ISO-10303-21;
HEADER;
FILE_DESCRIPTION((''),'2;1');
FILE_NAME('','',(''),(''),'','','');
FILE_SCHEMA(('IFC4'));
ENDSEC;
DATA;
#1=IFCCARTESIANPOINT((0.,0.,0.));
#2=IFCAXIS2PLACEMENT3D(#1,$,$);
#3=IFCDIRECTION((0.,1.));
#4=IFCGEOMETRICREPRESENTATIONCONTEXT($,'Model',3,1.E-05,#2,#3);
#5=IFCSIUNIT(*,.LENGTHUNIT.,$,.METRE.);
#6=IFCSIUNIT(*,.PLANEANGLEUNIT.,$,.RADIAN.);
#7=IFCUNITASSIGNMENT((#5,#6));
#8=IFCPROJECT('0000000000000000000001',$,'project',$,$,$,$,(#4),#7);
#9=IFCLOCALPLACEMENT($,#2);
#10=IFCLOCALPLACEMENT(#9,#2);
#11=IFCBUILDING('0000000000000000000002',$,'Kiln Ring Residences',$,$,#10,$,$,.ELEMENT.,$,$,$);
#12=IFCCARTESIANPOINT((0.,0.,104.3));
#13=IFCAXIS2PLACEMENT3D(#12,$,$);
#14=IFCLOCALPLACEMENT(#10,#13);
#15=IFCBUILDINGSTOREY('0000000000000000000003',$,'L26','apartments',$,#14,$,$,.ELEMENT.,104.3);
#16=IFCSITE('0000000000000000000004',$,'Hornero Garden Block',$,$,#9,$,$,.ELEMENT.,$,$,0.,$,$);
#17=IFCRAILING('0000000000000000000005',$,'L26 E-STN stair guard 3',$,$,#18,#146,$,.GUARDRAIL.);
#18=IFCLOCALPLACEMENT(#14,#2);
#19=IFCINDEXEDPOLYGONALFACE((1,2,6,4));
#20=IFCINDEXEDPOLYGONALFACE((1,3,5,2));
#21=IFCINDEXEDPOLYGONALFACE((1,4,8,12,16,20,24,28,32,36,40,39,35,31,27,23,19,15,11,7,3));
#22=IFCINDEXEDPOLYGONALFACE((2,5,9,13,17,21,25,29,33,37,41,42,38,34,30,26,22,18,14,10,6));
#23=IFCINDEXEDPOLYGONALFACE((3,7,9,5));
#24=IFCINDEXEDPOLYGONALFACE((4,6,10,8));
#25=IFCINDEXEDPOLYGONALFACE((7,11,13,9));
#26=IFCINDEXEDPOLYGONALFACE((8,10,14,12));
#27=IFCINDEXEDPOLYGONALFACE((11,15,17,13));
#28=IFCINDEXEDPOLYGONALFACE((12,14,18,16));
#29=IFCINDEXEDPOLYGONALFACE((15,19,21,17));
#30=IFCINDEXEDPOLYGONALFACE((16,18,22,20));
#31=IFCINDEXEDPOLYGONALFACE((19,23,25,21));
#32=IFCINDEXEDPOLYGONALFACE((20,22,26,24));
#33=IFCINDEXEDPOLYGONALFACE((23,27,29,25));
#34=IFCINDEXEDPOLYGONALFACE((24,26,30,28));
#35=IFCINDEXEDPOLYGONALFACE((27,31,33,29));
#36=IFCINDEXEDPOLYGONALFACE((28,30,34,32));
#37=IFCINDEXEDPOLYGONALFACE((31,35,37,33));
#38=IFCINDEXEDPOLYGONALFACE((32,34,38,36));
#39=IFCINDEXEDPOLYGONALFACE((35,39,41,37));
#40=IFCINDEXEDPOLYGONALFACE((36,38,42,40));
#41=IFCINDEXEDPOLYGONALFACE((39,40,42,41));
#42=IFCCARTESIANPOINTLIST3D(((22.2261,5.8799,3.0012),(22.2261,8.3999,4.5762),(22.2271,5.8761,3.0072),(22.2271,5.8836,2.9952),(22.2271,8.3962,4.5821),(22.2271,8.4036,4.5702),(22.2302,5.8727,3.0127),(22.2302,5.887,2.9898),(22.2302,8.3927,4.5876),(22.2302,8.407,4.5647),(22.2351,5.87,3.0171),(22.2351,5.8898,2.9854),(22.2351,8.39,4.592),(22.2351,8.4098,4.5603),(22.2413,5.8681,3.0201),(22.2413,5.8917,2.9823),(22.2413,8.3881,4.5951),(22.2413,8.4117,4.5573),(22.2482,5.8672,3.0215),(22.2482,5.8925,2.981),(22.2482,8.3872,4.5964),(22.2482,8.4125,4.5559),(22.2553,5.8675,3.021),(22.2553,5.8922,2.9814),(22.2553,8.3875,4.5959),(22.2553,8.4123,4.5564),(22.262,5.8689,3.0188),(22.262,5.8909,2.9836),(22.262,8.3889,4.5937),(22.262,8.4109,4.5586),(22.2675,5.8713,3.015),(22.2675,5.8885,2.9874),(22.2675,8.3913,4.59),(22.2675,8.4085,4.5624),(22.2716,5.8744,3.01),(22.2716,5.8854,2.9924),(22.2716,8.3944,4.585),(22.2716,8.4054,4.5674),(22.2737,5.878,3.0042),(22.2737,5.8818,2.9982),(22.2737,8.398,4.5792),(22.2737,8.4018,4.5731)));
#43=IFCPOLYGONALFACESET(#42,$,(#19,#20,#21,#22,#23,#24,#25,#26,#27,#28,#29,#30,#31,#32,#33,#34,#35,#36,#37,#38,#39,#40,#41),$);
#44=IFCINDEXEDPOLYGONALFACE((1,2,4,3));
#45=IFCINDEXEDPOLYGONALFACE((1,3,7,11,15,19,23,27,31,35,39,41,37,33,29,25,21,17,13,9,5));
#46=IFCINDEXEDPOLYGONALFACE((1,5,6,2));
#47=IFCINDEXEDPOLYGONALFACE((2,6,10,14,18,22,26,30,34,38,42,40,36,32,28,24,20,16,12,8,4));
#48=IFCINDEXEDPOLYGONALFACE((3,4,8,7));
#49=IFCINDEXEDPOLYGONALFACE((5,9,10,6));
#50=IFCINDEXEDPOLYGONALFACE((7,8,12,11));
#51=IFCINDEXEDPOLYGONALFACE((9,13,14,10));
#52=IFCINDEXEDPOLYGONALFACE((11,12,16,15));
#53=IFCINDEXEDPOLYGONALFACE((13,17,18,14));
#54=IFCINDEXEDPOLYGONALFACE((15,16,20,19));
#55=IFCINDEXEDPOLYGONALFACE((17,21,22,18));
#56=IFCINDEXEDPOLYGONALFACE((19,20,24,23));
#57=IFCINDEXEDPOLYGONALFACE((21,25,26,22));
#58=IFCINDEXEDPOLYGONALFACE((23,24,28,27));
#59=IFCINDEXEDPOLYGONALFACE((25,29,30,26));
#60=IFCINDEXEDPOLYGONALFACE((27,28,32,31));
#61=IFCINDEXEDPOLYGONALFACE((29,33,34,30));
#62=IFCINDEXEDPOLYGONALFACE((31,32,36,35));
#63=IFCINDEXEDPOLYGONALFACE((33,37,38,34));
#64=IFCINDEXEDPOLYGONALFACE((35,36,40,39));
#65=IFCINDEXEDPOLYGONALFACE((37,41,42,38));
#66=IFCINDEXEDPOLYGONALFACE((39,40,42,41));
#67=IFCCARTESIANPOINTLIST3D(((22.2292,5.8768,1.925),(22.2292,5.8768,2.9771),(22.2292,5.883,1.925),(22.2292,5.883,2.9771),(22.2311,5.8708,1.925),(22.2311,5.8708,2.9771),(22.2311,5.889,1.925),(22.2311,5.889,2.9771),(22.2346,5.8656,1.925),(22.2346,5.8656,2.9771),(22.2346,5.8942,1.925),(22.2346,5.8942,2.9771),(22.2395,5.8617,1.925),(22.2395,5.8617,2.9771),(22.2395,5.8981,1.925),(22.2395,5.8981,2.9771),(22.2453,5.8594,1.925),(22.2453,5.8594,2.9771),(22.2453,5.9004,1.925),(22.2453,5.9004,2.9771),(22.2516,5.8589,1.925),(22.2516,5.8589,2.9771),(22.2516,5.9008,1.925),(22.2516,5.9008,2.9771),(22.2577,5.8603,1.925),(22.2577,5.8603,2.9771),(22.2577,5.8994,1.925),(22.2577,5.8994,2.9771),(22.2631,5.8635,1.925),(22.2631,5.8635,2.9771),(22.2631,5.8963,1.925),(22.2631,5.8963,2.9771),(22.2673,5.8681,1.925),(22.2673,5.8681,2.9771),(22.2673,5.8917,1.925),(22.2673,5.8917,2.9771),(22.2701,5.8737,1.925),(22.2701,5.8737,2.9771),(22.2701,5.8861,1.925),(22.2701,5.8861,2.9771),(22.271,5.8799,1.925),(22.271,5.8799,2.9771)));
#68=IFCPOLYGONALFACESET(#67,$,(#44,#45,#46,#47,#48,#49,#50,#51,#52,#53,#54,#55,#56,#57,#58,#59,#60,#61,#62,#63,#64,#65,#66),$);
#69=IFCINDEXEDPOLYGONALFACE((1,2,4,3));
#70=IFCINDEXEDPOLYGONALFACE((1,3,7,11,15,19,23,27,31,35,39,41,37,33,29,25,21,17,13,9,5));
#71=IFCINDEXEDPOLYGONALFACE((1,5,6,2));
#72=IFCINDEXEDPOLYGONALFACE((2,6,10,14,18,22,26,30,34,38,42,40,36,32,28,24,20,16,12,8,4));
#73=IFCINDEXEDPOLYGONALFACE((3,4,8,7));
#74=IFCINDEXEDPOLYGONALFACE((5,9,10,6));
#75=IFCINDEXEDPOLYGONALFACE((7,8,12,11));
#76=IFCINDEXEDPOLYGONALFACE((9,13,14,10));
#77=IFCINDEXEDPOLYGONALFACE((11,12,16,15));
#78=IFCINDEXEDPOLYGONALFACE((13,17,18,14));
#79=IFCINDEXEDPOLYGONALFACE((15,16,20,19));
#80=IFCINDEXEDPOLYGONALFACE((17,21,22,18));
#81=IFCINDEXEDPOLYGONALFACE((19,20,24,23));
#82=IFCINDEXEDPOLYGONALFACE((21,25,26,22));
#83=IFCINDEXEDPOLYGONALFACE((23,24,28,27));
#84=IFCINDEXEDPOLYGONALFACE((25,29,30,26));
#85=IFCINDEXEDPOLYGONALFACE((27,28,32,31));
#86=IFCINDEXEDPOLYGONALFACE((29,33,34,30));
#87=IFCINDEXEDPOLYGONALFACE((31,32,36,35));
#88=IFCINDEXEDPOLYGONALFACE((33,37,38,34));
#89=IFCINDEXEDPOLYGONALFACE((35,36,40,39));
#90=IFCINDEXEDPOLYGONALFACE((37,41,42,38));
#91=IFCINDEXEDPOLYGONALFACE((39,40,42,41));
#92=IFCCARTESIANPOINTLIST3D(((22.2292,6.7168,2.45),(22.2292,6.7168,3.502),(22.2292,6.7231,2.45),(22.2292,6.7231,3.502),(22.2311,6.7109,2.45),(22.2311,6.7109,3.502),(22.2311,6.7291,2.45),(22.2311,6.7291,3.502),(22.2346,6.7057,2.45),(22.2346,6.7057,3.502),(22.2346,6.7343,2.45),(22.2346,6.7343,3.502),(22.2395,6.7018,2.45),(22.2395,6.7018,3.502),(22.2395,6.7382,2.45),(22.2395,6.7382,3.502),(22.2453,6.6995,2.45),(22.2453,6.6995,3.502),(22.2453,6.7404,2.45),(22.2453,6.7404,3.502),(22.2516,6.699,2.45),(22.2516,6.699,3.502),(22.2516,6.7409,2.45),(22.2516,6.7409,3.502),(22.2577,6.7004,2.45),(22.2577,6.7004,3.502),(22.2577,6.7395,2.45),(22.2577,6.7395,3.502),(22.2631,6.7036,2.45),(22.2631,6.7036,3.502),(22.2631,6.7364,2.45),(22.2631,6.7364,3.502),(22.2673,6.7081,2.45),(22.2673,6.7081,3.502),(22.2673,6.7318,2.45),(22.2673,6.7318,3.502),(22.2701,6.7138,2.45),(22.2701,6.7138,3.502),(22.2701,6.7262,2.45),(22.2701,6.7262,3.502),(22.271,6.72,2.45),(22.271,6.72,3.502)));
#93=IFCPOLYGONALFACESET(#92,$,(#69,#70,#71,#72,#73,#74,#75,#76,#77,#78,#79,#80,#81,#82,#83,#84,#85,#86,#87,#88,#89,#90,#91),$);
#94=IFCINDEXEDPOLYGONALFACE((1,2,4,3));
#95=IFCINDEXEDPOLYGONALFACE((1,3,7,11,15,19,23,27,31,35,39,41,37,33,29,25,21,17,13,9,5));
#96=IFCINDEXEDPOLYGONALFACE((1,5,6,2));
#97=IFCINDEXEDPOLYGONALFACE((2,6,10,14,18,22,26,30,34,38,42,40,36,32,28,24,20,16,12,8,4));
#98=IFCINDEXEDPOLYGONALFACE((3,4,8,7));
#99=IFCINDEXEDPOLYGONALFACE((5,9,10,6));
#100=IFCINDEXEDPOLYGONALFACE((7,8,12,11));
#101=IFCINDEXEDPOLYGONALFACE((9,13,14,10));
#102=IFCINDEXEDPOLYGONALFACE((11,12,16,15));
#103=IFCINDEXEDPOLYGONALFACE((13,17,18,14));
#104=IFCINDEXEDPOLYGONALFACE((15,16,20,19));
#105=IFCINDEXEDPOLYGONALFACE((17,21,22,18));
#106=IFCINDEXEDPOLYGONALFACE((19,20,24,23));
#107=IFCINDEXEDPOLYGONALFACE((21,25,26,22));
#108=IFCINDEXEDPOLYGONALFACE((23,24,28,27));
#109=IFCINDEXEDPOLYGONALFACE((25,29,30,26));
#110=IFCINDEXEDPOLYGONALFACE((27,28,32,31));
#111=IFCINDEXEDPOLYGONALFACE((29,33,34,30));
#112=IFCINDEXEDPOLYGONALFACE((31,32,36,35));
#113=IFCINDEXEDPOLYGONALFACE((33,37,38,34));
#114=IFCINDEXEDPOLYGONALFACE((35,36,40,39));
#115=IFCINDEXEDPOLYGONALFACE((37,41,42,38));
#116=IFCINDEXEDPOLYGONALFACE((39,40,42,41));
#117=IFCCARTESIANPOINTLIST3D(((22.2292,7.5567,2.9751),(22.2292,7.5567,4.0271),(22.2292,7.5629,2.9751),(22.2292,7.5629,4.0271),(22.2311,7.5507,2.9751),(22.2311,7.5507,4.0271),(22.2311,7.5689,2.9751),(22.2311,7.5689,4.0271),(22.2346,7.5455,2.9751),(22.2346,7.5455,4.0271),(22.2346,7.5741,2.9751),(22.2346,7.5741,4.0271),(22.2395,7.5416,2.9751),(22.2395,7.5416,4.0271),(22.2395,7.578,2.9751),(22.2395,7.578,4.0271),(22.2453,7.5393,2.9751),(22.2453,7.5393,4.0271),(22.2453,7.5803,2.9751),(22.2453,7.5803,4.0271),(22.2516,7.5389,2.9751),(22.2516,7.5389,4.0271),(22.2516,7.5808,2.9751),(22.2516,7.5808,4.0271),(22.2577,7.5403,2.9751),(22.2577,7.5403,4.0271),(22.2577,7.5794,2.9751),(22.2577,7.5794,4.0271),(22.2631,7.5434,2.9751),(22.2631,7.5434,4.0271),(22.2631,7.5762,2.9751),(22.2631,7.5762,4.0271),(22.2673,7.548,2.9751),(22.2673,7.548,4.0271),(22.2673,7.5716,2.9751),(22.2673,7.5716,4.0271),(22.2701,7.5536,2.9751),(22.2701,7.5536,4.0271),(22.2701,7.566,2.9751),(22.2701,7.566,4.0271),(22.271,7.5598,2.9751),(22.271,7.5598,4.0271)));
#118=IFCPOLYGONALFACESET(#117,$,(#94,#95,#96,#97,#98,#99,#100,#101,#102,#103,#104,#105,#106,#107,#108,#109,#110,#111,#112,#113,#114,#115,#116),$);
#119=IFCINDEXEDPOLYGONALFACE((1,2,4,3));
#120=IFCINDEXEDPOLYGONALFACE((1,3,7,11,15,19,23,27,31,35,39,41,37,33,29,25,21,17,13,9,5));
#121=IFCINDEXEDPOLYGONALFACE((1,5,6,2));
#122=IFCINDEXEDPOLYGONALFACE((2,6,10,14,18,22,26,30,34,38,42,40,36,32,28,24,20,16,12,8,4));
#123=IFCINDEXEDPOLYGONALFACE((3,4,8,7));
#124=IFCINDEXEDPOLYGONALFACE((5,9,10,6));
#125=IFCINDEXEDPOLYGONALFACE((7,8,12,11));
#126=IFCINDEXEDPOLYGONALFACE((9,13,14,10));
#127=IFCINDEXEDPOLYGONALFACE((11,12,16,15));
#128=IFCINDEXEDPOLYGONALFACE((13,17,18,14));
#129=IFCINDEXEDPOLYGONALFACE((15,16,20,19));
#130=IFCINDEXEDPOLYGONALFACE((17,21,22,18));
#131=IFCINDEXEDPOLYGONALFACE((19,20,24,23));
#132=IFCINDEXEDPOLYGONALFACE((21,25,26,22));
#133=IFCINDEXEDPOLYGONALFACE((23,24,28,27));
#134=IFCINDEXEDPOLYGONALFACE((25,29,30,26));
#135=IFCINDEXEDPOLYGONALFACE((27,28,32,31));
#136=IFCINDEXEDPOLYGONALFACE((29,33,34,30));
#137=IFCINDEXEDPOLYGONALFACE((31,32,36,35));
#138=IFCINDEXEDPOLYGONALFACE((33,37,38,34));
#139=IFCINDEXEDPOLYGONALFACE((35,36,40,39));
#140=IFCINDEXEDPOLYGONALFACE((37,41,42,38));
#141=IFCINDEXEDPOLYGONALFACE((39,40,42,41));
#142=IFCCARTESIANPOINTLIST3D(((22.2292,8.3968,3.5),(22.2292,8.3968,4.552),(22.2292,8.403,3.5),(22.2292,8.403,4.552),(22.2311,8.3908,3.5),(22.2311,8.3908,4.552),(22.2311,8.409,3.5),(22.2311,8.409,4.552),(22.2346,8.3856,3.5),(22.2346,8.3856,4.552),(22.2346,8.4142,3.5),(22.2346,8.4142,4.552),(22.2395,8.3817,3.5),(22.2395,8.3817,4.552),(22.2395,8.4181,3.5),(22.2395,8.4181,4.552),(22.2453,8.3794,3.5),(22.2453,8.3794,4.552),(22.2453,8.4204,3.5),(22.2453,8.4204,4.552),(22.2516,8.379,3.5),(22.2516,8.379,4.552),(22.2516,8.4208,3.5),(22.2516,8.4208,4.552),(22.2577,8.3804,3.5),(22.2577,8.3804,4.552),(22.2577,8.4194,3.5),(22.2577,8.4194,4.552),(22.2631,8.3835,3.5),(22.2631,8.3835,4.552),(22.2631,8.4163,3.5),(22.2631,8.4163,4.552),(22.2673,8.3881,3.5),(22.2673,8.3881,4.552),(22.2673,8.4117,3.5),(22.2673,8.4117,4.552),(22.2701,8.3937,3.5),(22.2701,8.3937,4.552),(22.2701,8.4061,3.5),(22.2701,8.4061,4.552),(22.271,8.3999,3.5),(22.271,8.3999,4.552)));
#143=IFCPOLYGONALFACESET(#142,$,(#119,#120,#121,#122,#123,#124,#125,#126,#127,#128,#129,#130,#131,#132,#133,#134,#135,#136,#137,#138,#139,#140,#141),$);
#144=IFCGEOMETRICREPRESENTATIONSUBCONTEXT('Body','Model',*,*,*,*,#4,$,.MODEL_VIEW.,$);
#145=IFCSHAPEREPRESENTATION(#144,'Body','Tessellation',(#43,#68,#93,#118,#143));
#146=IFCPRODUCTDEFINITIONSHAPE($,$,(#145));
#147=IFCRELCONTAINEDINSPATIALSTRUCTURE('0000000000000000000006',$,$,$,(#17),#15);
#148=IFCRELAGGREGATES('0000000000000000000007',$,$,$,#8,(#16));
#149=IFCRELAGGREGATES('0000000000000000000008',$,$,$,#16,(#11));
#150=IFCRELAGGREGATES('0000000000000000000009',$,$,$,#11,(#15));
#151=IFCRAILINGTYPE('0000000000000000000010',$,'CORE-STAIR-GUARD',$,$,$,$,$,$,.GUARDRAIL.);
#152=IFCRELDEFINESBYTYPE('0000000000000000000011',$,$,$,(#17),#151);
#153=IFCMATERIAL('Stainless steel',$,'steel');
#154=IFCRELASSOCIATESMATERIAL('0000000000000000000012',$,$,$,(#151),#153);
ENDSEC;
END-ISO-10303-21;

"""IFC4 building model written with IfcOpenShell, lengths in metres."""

from ifc_helpers import new_model, si_unit, direction, frame, origin, origin_2d, place, context, subcontext, project, spatial, circle, extrude, material, type_object, element, save


model = new_model("IFC4")

# Units and contexts
model_context = context("Model", 3, precision=1e-05, world=origin(), true_north=direction((0.0, 1.0)))
body_context = subcontext(model_context, "Body", "Model", "MODEL_VIEW")
ifc_project = project(units=[si_unit("LENGTHUNIT", "METRE"), si_unit("PLANEANGLEUNIT", "RADIAN")], contexts=[model_context])

# Site, building, storey
site_placement = place(None, origin())
site = spatial("IfcSite", under=ifc_project, at=site_placement, Name="Hornero Garden Block", CompositionType="ELEMENT", RefElevation=0.0)
building_placement = place(site_placement, origin())
building = spatial("IfcBuilding", under=site, at=building_placement, Name="Kiln Ring Residences", CompositionType="ELEMENT")
storey_placement = place(building_placement, frame((0.0, 0.0, 104.3)))
storey = spatial("IfcBuildingStorey", under=building, at=storey_placement, Name="L26", Description="apartments", CompositionType="ELEMENT", Elevation=104.3)

# Railing
ifc_material_1 = material(Name="Stainless steel", Category="steel")
railing_type_1 = type_object("IfcRailingType", Name="CORE-STAIR-GUARD", PredefinedType="GUARDRAIL", material=ifc_material_1)
railing_1_placement = place(storey_placement, frame((22.25, 5.8799, 1.925)))
element("IfcRailing", 1, at=railing_1_placement, inside=storey, type_object=railing_type_1, Name="L26 E-STN stair guard 3", PredefinedType="GUARDRAIL", context=body_context, shape_type="SweptSolid", body=[
    extrude(circle(Radius=0.0239, at=origin_2d()), frame((0.0, 0.0, 1.0762), z_axis=(0.0, 0.848008, 0.529984), x_axis=(-1.0, 0.0, 0.0)), (0.0, 0.0, 1.0), 2.9717),
    extrude(circle(Radius=0.021, at=origin_2d()), origin(), (0.0, 0.0, 1.0), 1.052),
    extrude(circle(Radius=0.021, at=origin_2d()), frame((0.0, 0.8401, 0.5249)), (0.0, 0.0, 1.0), 1.052),
    extrude(circle(Radius=0.021, at=origin_2d()), frame((0.0, 1.6799, 1.05)), (0.0, 0.0, 1.0), 1.052),
    extrude(circle(Radius=0.021, at=origin_2d()), frame((0.0, 2.52, 1.575)), (0.0, 0.0, 1.0), 1.052),
])

save(model, "model.ifc")
